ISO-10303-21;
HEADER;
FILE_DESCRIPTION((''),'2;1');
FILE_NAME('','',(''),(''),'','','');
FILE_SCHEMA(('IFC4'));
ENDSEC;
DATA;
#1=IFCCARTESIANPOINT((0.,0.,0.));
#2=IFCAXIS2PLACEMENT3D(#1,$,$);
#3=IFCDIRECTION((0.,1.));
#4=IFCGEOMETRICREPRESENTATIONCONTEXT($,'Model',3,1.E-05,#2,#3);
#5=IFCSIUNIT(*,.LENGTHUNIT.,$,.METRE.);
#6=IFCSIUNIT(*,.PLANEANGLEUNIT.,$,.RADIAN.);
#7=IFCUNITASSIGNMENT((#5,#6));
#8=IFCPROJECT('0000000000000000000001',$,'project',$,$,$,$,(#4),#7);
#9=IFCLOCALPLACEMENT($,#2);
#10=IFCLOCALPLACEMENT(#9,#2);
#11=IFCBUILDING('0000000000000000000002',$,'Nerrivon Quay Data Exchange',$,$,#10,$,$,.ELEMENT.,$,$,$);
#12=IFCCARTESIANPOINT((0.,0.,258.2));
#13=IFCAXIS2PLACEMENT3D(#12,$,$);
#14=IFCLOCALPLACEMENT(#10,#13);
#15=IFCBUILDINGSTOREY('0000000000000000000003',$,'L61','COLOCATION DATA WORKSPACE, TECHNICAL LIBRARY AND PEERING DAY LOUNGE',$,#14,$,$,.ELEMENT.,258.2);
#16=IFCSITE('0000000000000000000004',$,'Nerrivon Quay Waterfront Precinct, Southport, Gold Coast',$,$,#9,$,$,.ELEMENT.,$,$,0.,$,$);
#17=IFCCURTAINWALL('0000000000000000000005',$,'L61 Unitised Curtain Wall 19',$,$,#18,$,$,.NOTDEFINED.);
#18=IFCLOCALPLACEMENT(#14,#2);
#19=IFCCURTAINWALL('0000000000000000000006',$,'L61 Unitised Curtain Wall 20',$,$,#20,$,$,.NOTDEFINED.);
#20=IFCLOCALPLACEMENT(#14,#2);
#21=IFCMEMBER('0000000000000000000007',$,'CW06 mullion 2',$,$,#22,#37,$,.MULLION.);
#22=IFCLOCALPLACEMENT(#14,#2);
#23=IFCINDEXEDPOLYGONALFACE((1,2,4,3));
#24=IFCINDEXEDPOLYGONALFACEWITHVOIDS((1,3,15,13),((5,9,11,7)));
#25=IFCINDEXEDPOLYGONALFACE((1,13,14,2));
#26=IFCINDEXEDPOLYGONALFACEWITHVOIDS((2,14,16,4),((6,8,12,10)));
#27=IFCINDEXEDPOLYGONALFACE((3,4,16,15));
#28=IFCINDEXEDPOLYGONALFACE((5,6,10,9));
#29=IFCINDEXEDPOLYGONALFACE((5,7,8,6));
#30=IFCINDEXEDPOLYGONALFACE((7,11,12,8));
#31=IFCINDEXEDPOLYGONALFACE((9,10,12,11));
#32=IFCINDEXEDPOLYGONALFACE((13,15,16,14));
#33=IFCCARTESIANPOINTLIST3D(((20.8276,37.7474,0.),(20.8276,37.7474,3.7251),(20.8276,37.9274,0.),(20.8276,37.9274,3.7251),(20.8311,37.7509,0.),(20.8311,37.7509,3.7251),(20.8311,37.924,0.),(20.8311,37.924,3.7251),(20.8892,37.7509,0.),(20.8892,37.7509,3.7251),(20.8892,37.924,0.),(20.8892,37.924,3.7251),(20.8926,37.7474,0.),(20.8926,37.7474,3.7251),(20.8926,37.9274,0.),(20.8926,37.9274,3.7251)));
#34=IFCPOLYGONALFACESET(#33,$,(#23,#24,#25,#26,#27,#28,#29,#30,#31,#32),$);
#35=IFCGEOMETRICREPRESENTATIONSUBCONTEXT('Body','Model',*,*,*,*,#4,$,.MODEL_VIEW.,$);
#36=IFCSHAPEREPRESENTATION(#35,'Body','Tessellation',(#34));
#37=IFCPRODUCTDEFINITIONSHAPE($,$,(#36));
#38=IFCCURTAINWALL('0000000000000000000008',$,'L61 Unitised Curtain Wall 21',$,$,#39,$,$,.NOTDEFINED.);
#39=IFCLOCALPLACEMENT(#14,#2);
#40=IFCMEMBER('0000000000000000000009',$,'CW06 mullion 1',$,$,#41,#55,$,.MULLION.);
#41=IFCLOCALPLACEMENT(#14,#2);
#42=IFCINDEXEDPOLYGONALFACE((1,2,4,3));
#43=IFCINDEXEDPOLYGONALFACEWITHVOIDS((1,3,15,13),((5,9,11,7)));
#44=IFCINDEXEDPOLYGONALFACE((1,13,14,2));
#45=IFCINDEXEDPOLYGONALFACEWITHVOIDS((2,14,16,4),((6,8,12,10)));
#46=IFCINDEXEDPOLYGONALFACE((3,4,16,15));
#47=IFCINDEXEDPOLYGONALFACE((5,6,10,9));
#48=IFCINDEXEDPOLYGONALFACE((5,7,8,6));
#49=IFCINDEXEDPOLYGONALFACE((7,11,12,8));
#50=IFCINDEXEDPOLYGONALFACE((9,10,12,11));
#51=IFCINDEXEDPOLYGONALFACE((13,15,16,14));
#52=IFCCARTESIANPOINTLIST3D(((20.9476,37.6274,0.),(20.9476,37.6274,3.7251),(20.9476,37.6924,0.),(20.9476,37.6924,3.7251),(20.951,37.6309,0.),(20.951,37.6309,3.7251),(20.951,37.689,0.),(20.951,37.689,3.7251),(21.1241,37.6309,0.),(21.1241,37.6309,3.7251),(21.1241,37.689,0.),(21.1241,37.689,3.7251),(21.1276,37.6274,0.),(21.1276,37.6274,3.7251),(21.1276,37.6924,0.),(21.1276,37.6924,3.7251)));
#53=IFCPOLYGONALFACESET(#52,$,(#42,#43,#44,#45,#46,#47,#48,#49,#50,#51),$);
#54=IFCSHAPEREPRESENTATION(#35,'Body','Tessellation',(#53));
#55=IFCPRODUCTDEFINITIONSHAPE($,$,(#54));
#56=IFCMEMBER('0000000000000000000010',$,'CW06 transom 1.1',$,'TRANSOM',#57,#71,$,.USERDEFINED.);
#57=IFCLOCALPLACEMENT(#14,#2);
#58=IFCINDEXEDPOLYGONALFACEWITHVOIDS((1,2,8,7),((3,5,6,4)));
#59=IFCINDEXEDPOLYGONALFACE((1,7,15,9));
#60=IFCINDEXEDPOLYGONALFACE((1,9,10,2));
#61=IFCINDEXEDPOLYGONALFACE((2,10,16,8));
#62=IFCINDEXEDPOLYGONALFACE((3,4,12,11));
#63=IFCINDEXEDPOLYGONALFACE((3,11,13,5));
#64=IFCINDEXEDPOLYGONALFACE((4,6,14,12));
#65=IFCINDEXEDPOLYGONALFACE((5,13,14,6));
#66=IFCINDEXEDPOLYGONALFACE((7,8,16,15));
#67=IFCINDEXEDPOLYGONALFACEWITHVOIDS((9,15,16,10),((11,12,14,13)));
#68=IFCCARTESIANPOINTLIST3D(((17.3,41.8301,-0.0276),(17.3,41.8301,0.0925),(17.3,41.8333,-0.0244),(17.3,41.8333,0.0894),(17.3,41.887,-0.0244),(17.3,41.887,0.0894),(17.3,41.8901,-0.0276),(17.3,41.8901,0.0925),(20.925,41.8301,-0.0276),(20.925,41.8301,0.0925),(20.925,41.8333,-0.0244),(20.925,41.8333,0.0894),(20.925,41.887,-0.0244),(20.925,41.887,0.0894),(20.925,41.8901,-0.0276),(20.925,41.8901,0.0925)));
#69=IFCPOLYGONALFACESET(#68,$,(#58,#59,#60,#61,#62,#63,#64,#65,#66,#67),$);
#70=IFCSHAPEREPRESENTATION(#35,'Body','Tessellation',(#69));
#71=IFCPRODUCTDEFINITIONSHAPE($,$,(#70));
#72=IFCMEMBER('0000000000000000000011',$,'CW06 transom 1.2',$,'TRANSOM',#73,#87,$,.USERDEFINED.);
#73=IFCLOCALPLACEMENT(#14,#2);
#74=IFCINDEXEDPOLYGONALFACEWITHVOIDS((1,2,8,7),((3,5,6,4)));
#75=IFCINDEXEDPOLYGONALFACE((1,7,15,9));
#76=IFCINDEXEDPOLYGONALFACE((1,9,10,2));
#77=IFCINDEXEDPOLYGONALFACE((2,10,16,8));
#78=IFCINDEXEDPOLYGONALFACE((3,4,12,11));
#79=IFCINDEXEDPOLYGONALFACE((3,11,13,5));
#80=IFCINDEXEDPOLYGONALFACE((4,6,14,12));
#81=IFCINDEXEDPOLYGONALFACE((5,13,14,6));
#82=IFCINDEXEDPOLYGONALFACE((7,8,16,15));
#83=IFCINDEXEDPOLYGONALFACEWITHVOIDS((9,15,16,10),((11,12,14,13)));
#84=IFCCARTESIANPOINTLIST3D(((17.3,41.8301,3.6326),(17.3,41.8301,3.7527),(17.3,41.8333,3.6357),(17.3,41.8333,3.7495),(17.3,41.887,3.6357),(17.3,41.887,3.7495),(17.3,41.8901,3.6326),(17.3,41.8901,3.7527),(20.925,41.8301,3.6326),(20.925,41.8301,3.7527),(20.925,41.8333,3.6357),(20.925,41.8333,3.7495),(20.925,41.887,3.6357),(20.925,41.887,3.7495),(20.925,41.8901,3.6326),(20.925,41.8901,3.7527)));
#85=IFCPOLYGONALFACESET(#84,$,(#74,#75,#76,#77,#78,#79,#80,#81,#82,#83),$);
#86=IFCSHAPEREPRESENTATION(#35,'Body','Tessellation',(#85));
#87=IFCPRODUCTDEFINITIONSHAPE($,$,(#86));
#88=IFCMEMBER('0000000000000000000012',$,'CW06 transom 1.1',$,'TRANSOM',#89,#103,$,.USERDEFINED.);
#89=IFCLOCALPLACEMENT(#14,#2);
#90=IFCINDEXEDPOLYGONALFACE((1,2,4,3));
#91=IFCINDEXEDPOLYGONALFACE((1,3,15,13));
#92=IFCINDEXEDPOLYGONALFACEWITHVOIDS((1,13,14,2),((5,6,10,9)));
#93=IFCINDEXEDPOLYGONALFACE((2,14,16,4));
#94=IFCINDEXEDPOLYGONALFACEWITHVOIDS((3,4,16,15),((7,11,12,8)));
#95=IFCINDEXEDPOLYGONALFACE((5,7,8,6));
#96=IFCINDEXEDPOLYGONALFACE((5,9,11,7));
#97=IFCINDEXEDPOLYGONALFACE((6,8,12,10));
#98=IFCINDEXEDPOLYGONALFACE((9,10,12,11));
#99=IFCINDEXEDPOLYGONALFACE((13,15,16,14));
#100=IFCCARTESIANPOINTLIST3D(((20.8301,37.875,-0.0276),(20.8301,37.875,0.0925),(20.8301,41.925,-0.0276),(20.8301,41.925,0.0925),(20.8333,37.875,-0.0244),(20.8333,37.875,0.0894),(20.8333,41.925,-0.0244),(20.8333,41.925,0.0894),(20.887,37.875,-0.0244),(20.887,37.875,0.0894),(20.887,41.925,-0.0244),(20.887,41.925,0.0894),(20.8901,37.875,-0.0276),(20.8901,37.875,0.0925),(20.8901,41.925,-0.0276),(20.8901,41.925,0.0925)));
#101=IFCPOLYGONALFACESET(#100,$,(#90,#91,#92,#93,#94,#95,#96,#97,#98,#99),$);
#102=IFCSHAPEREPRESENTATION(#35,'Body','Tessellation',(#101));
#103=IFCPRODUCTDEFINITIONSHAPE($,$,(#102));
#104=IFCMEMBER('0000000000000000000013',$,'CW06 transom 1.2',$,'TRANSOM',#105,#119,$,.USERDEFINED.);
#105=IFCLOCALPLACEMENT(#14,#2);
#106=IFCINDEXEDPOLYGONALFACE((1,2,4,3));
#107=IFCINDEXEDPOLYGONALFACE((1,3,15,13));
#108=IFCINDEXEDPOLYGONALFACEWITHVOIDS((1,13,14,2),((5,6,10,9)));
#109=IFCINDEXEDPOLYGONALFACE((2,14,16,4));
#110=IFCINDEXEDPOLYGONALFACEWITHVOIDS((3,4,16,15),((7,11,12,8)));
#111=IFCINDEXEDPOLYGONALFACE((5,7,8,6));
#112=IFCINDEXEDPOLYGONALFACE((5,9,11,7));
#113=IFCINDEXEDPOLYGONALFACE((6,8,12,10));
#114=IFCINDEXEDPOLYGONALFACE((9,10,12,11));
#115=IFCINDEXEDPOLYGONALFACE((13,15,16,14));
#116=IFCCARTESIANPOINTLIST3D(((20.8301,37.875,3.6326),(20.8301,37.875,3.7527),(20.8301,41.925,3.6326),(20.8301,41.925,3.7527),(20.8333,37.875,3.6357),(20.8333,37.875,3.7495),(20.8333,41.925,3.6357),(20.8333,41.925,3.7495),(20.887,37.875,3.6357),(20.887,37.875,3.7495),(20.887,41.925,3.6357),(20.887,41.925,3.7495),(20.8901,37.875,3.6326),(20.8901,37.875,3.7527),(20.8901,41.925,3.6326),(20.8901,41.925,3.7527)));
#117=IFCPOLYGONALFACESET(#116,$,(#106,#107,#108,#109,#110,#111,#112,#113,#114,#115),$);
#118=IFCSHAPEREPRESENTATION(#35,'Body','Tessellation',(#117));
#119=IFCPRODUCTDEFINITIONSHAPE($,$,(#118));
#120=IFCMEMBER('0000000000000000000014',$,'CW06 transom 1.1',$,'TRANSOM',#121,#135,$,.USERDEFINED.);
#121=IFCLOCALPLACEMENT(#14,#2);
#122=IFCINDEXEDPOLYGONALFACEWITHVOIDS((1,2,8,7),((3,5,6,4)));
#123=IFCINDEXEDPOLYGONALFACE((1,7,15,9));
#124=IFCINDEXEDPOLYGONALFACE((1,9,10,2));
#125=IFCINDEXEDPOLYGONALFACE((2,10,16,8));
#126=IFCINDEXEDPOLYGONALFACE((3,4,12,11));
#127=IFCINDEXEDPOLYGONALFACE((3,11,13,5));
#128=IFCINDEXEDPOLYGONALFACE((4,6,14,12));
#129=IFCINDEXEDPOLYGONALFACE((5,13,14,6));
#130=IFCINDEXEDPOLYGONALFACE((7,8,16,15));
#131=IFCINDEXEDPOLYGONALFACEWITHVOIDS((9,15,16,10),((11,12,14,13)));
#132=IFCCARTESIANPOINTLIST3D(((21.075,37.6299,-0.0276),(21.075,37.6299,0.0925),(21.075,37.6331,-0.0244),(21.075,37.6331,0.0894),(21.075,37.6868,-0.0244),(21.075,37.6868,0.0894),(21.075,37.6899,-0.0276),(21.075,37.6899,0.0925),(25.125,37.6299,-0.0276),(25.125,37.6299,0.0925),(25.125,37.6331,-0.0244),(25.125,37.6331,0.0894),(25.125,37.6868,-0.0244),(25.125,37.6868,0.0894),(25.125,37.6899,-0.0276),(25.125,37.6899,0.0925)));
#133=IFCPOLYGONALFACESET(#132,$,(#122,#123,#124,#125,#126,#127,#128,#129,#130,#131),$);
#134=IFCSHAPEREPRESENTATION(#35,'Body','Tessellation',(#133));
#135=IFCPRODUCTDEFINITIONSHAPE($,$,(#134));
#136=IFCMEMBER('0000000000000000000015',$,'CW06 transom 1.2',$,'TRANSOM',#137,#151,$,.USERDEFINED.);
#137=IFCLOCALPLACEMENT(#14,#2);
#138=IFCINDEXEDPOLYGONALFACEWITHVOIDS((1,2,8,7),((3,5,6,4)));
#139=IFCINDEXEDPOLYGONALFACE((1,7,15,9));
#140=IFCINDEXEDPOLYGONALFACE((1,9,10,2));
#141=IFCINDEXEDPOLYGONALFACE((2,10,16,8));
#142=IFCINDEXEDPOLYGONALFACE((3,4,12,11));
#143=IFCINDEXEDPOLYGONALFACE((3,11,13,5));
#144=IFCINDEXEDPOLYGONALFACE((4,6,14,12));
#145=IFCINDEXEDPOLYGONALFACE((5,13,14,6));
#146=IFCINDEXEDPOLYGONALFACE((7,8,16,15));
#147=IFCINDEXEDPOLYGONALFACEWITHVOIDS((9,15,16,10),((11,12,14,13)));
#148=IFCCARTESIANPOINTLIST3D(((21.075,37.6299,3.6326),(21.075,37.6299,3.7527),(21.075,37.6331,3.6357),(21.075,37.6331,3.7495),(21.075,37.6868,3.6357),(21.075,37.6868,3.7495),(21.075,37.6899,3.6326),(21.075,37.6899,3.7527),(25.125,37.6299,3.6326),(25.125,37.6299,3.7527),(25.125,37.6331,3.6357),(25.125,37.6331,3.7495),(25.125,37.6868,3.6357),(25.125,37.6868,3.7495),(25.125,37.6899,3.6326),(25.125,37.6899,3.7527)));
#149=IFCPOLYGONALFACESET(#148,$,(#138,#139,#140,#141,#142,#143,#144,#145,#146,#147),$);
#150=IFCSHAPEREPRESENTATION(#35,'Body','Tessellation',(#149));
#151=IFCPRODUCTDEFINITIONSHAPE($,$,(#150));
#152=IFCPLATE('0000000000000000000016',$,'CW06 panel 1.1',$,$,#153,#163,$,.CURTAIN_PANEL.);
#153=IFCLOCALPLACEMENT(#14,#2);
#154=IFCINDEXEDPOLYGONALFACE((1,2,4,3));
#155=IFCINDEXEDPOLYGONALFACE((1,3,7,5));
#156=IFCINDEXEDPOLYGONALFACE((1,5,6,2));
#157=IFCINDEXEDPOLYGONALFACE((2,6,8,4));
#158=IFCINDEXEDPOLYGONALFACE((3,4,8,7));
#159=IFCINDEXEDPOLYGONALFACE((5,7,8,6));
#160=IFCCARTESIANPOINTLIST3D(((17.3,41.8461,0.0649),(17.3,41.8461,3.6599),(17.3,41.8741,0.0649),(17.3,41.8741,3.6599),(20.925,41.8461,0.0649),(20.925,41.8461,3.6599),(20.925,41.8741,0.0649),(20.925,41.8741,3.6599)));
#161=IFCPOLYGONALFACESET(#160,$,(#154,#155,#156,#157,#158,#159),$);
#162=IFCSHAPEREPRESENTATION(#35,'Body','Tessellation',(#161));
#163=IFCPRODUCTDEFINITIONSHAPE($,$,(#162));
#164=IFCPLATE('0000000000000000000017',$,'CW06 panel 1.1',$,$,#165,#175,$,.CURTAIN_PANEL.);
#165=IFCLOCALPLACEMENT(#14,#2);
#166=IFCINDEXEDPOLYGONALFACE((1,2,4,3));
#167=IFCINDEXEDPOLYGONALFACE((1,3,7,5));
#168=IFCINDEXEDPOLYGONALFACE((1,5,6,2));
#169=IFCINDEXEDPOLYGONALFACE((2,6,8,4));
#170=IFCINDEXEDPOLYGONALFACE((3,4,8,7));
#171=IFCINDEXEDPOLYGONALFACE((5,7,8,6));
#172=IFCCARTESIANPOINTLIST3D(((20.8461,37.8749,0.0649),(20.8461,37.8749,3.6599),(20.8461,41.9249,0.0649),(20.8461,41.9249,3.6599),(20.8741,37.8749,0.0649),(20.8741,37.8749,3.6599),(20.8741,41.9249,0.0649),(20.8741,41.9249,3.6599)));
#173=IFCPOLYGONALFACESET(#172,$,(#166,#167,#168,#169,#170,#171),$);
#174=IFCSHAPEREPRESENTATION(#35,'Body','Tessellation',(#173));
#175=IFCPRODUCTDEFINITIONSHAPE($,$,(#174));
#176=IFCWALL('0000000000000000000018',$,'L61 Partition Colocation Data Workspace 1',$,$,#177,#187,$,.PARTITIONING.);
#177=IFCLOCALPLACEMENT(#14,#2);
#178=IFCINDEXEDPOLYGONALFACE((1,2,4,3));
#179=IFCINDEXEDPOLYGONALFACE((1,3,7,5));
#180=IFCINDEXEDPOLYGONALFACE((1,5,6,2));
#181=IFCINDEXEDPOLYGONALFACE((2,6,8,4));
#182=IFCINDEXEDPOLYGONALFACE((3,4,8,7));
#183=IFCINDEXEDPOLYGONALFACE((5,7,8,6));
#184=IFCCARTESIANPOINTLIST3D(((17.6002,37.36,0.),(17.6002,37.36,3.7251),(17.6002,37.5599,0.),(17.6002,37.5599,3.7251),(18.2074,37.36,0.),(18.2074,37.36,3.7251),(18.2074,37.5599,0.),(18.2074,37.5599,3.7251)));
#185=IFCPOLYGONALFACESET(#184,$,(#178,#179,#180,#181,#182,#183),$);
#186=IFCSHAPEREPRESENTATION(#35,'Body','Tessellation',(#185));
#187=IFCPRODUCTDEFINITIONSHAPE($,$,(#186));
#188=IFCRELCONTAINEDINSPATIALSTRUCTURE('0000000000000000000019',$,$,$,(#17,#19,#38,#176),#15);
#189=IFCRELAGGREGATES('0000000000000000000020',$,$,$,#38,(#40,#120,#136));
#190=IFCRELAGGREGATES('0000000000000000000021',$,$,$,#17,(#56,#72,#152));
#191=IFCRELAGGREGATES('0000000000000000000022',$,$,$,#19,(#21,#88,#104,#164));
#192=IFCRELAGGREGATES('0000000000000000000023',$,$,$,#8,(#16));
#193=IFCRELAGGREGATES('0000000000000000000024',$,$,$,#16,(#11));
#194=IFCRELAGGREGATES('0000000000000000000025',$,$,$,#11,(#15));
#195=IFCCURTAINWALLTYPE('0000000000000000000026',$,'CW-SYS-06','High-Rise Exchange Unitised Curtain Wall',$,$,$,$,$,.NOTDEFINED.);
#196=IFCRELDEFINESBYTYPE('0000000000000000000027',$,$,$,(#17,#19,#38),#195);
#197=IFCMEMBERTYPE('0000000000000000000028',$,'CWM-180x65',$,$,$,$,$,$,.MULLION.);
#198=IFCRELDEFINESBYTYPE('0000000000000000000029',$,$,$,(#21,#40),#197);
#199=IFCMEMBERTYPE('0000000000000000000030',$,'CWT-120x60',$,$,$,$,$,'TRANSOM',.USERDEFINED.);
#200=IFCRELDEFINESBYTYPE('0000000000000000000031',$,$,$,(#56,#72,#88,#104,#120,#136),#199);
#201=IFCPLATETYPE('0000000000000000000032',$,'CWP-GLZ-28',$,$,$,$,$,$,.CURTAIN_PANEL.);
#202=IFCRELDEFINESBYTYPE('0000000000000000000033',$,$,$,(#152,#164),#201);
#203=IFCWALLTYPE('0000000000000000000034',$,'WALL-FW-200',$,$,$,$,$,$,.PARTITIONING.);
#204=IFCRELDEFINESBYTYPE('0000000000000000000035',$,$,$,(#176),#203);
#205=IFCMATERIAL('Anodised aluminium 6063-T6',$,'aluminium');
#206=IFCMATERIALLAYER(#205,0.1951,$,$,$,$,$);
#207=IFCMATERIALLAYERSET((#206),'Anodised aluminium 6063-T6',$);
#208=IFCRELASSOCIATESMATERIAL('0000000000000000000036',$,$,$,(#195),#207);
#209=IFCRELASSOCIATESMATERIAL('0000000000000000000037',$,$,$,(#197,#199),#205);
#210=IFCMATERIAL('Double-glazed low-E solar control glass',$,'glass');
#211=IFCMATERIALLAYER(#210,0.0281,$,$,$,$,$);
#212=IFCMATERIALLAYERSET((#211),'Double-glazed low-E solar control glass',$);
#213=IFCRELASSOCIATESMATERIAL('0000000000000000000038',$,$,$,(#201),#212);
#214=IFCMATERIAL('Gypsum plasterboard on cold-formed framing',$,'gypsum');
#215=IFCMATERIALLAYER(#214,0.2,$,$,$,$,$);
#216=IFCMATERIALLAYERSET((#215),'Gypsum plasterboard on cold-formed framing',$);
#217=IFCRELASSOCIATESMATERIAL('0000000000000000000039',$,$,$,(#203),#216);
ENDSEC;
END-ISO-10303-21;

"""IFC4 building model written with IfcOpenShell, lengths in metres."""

from ifc_helpers import new_model, si_unit, direction, frame, frame_2d, origin, origin_2d, place, context, subcontext, project, spatial, rectangle, hollow_rectangle, extrude, material, layer, layer_set, material_profile, profile_set, type_object, element, aggregate, save


model = new_model("IFC4")

# Units and contexts
model_context = context("Model", 3, precision=1e-05, world=origin(), true_north=direction((0.0, 1.0)))
body_context = subcontext(model_context, "Body", "Model", "MODEL_VIEW")
ifc_project = project(units=[si_unit("LENGTHUNIT", "METRE"), si_unit("PLANEANGLEUNIT", "RADIAN")], contexts=[model_context])

# Site, building, storey
site_placement = place(None, origin())
site = spatial("IfcSite", under=ifc_project, at=site_placement, Name="Nerrivon Quay Waterfront Precinct, Southport, Gold Coast", CompositionType="ELEMENT", RefElevation=0.0)
building_placement = place(site_placement, origin())
building = spatial("IfcBuilding", under=site, at=building_placement, Name="Nerrivon Quay Data Exchange", CompositionType="ELEMENT")
storey_placement = place(building_placement, frame((0.0, 0.0, 258.2)))
storey = spatial("IfcBuildingStorey", under=building, at=storey_placement, Name="L61", Description="COLOCATION DATA WORKSPACE, TECHNICAL LIBRARY AND PEERING DAY LOUNGE", CompositionType="ELEMENT", Elevation=258.2)

# Curtain walls, member
ifc_material_1 = material(Name="Anodised aluminium 6063-T6", Category="aluminium")
ifc_layer_1 = layer(ifc_material_1, 0.1951)
ifc_layer_set_1 = layer_set([ifc_layer_1], Name="Anodised aluminium 6063-T6")
curtain_wall_type = type_object("IfcCurtainWallType", Name="CW-SYS-06", Description="High-Rise Exchange Unitised Curtain Wall", PredefinedType="NOTDEFINED", material=ifc_layer_set_1)
curtain_wall_1_placement = place(storey_placement, origin())
curtain_wall_1 = element("IfcCurtainWall", 1, at=curtain_wall_1_placement, inside=storey, type_object=curtain_wall_type, Name="L61 Unitised Curtain Wall 19", PredefinedType="NOTDEFINED")
ifc_material_profile_1 = material_profile(ifc_material_1, hollow_rectangle(XDim=0.0649, YDim=0.1799, WallThickness=0.0034, at=origin_2d()), Name="ALU-MULL-180x65")
ifc_profile_set_1 = profile_set([ifc_material_profile_1], Name="Anodised aluminium 6063-T6")
member_type_1 = type_object("IfcMemberType", Name="CWM-180x65", PredefinedType="MULLION", material=ifc_profile_set_1)
curtain_wall_2_placement = place(storey_placement, origin())
curtain_wall_2 = element("IfcCurtainWall", 2, at=curtain_wall_2_placement, inside=storey, type_object=curtain_wall_type, Name="L61 Unitised Curtain Wall 20", PredefinedType="NOTDEFINED")
member_1_placement = place(storey_placement, frame((20.8601, 37.8374, 0.0), z_axis=(0.0, 0.0, 1.0), x_axis=(1.0, 0.0, 0.0)))
member_1 = element("IfcMember", 3, at=member_1_placement, type_object=member_type_1, Name="CW06 mullion 2", PredefinedType="MULLION", context=body_context, shape_type="SweptSolid", body=[
    extrude(hollow_rectangle(XDim=0.0649, YDim=0.1799, WallThickness=0.0034, at=origin_2d()), origin(), (0.0, 0.0, 1.0), 3.7251),
])

# Curtain wall, member
curtain_wall_3_placement = place(storey_placement, origin())
curtain_wall_3 = element("IfcCurtainWall", 4, at=curtain_wall_3_placement, inside=storey, type_object=curtain_wall_type, Name="L61 Unitised Curtain Wall 21", PredefinedType="NOTDEFINED")
member_2_placement = place(storey_placement, frame((21.0376, 37.6599, 0.0), z_axis=(0.0, 0.0, 1.0), x_axis=(0.0, 1.0, 0.0)))
member_2 = element("IfcMember", 5, at=member_2_placement, type_object=member_type_1, Name="CW06 mullion 1", PredefinedType="MULLION", context=body_context, shape_type="SweptSolid", body=[
    extrude(hollow_rectangle(XDim=0.0649, YDim=0.1799, WallThickness=0.0034, at=origin_2d()), origin(), (0.0, 0.0, 1.0), 3.7251),
])

# Members
ifc_material_profile_2 = material_profile(ifc_material_1, hollow_rectangle(XDim=0.0601, YDim=0.1201, WallThickness=0.0032, at=origin_2d()), Name="ALU-TRAN-120x60")
ifc_profile_set_2 = profile_set([ifc_material_profile_2], Name="Anodised aluminium 6063-T6")
member_type_2 = type_object("IfcMemberType", Name="CWT-120x60", ElementType="TRANSOM", PredefinedType="USERDEFINED", material=ifc_profile_set_2)
member_3_placement = place(storey_placement, frame((17.3, 41.8601, 0.0325), z_axis=(1.0, 0.0, 0.0), x_axis=(0.0, 1.0, 0.0)))
member_3 = element("IfcMember", 6, at=member_3_placement, type_object=member_type_2, Name="CW06 transom 1.1", ObjectType="TRANSOM", PredefinedType="USERDEFINED", context=body_context, shape_type="SweptSolid", body=[
    extrude(hollow_rectangle(XDim=0.0601, YDim=0.1201, WallThickness=0.0032, at=origin_2d()), origin(), (0.0, 0.0, 1.0), 3.625),
])
member_4_placement = place(storey_placement, frame((17.3, 41.8601, 3.6926), z_axis=(1.0, 0.0, 0.0), x_axis=(0.0, 1.0, 0.0)))
member_4 = element("IfcMember", 7, at=member_4_placement, type_object=member_type_2, Name="CW06 transom 1.2", ObjectType="TRANSOM", PredefinedType="USERDEFINED", context=body_context, shape_type="SweptSolid", body=[
    extrude(hollow_rectangle(XDim=0.0601, YDim=0.1201, WallThickness=0.0032, at=origin_2d()), origin(), (0.0, 0.0, 1.0), 3.625),
])
member_5_placement = place(storey_placement, frame((20.8601, 41.925, 0.0325), z_axis=(0.0, -1.0, 0.0), x_axis=(1.0, 0.0, 0.0)))
member_5 = element("IfcMember", 8, at=member_5_placement, type_object=member_type_2, Name="CW06 transom 1.1", ObjectType="TRANSOM", PredefinedType="USERDEFINED", context=body_context, shape_type="SweptSolid", body=[
    extrude(hollow_rectangle(XDim=0.0601, YDim=0.1201, WallThickness=0.0032, at=origin_2d()), origin(), (0.0, 0.0, 1.0), 4.05),
])
member_6_placement = place(storey_placement, frame((20.8601, 41.925, 3.6926), z_axis=(0.0, -1.0, 0.0), x_axis=(1.0, 0.0, 0.0)))
member_6 = element("IfcMember", 9, at=member_6_placement, type_object=member_type_2, Name="CW06 transom 1.2", ObjectType="TRANSOM", PredefinedType="USERDEFINED", context=body_context, shape_type="SweptSolid", body=[
    extrude(hollow_rectangle(XDim=0.0601, YDim=0.1201, WallThickness=0.0032, at=origin_2d()), origin(), (0.0, 0.0, 1.0), 4.05),
])
member_7_placement = place(storey_placement, frame((21.075, 37.6599, 0.0325), z_axis=(1.0, 0.0, 0.0), x_axis=(0.0, 1.0, 0.0)))
member_7 = element("IfcMember", 10, at=member_7_placement, type_object=member_type_2, Name="CW06 transom 1.1", ObjectType="TRANSOM", PredefinedType="USERDEFINED", context=body_context, shape_type="SweptSolid", body=[
    extrude(hollow_rectangle(XDim=0.0601, YDim=0.1201, WallThickness=0.0032, at=origin_2d()), origin(), (0.0, 0.0, 1.0), 4.05),
])
member_8_placement = place(storey_placement, frame((21.075, 37.6599, 3.6926), z_axis=(1.0, 0.0, 0.0), x_axis=(0.0, 1.0, 0.0)))
member_8 = element("IfcMember", 11, at=member_8_placement, type_object=member_type_2, Name="CW06 transom 1.2", ObjectType="TRANSOM", PredefinedType="USERDEFINED", context=body_context, shape_type="SweptSolid", body=[
    extrude(hollow_rectangle(XDim=0.0601, YDim=0.1201, WallThickness=0.0032, at=origin_2d()), origin(), (0.0, 0.0, 1.0), 4.05),
])
aggregate(curtain_wall_3, [member_2, member_7, member_8])

# Plates
ifc_material_2 = material(Name="Double-glazed low-E solar control glass", Category="glass")
ifc_layer_2 = layer(ifc_material_2, 0.0281)
ifc_layer_set_2 = layer_set([ifc_layer_2], Name="Double-glazed low-E solar control glass")
plate_type = type_object("IfcPlateType", Name="CWP-GLZ-28", PredefinedType="CURTAIN_PANEL", material=ifc_layer_set_2)
plate_1_placement = place(storey_placement, frame((19.1125, 41.8601, 0.0649), z_axis=(0.0, 0.0, 1.0), x_axis=(1.0, 0.0, 0.0)))
plate_1 = element("IfcPlate", 12, at=plate_1_placement, type_object=plate_type, Name="CW06 panel 1.1", PredefinedType="CURTAIN_PANEL", context=body_context, shape_type="SweptSolid", body=[
    extrude(rectangle(XDim=3.625, YDim=0.0281, at=origin_2d()), origin(), (0.0, 0.0, 1.0), 3.595),
])
aggregate(curtain_wall_1, [member_3, member_4, plate_1])
plate_2_placement = place(storey_placement, frame((20.8601, 39.8999, 0.0649), z_axis=(0.0, 0.0, 1.0), x_axis=(0.0, -1.0, 0.0)))
plate_2 = element("IfcPlate", 13, at=plate_2_placement, type_object=plate_type, Name="CW06 panel 1.1", PredefinedType="CURTAIN_PANEL", context=body_context, shape_type="SweptSolid", body=[
    extrude(rectangle(XDim=4.05, YDim=0.0281, at=origin_2d()), origin(), (0.0, 0.0, 1.0), 3.595),
])
aggregate(curtain_wall_2, [member_1, member_5, member_6, plate_2])

# Wall
ifc_material_3 = material(Name="Gypsum plasterboard on cold-formed framing", Category="gypsum")
ifc_layer_3 = layer(ifc_material_3, 0.2)
ifc_layer_set_3 = layer_set([ifc_layer_3], Name="Gypsum plasterboard on cold-formed framing")
wall_type_1 = type_object("IfcWallType", Name="WALL-FW-200", PredefinedType="PARTITIONING", material=ifc_layer_set_3)
wall_1_placement = place(storey_placement, frame((17.6001, 37.46, 0.0), z_axis=(0.0, 0.0, 1.0), x_axis=(1.0, 0.0, 0.0)))
element("IfcWall", 14, at=wall_1_placement, inside=storey, type_object=wall_type_1, Name="L61 Partition Colocation Data Workspace 1", PredefinedType="PARTITIONING", context=body_context, shape_type="SweptSolid", body=[
    extrude(rectangle(XDim=0.6072, YDim=0.2, at=frame_2d((0.3037, 0.0))), origin(), (0.0, 0.0, 1.0), 3.7251),
])

save(model, "model.ifc")
